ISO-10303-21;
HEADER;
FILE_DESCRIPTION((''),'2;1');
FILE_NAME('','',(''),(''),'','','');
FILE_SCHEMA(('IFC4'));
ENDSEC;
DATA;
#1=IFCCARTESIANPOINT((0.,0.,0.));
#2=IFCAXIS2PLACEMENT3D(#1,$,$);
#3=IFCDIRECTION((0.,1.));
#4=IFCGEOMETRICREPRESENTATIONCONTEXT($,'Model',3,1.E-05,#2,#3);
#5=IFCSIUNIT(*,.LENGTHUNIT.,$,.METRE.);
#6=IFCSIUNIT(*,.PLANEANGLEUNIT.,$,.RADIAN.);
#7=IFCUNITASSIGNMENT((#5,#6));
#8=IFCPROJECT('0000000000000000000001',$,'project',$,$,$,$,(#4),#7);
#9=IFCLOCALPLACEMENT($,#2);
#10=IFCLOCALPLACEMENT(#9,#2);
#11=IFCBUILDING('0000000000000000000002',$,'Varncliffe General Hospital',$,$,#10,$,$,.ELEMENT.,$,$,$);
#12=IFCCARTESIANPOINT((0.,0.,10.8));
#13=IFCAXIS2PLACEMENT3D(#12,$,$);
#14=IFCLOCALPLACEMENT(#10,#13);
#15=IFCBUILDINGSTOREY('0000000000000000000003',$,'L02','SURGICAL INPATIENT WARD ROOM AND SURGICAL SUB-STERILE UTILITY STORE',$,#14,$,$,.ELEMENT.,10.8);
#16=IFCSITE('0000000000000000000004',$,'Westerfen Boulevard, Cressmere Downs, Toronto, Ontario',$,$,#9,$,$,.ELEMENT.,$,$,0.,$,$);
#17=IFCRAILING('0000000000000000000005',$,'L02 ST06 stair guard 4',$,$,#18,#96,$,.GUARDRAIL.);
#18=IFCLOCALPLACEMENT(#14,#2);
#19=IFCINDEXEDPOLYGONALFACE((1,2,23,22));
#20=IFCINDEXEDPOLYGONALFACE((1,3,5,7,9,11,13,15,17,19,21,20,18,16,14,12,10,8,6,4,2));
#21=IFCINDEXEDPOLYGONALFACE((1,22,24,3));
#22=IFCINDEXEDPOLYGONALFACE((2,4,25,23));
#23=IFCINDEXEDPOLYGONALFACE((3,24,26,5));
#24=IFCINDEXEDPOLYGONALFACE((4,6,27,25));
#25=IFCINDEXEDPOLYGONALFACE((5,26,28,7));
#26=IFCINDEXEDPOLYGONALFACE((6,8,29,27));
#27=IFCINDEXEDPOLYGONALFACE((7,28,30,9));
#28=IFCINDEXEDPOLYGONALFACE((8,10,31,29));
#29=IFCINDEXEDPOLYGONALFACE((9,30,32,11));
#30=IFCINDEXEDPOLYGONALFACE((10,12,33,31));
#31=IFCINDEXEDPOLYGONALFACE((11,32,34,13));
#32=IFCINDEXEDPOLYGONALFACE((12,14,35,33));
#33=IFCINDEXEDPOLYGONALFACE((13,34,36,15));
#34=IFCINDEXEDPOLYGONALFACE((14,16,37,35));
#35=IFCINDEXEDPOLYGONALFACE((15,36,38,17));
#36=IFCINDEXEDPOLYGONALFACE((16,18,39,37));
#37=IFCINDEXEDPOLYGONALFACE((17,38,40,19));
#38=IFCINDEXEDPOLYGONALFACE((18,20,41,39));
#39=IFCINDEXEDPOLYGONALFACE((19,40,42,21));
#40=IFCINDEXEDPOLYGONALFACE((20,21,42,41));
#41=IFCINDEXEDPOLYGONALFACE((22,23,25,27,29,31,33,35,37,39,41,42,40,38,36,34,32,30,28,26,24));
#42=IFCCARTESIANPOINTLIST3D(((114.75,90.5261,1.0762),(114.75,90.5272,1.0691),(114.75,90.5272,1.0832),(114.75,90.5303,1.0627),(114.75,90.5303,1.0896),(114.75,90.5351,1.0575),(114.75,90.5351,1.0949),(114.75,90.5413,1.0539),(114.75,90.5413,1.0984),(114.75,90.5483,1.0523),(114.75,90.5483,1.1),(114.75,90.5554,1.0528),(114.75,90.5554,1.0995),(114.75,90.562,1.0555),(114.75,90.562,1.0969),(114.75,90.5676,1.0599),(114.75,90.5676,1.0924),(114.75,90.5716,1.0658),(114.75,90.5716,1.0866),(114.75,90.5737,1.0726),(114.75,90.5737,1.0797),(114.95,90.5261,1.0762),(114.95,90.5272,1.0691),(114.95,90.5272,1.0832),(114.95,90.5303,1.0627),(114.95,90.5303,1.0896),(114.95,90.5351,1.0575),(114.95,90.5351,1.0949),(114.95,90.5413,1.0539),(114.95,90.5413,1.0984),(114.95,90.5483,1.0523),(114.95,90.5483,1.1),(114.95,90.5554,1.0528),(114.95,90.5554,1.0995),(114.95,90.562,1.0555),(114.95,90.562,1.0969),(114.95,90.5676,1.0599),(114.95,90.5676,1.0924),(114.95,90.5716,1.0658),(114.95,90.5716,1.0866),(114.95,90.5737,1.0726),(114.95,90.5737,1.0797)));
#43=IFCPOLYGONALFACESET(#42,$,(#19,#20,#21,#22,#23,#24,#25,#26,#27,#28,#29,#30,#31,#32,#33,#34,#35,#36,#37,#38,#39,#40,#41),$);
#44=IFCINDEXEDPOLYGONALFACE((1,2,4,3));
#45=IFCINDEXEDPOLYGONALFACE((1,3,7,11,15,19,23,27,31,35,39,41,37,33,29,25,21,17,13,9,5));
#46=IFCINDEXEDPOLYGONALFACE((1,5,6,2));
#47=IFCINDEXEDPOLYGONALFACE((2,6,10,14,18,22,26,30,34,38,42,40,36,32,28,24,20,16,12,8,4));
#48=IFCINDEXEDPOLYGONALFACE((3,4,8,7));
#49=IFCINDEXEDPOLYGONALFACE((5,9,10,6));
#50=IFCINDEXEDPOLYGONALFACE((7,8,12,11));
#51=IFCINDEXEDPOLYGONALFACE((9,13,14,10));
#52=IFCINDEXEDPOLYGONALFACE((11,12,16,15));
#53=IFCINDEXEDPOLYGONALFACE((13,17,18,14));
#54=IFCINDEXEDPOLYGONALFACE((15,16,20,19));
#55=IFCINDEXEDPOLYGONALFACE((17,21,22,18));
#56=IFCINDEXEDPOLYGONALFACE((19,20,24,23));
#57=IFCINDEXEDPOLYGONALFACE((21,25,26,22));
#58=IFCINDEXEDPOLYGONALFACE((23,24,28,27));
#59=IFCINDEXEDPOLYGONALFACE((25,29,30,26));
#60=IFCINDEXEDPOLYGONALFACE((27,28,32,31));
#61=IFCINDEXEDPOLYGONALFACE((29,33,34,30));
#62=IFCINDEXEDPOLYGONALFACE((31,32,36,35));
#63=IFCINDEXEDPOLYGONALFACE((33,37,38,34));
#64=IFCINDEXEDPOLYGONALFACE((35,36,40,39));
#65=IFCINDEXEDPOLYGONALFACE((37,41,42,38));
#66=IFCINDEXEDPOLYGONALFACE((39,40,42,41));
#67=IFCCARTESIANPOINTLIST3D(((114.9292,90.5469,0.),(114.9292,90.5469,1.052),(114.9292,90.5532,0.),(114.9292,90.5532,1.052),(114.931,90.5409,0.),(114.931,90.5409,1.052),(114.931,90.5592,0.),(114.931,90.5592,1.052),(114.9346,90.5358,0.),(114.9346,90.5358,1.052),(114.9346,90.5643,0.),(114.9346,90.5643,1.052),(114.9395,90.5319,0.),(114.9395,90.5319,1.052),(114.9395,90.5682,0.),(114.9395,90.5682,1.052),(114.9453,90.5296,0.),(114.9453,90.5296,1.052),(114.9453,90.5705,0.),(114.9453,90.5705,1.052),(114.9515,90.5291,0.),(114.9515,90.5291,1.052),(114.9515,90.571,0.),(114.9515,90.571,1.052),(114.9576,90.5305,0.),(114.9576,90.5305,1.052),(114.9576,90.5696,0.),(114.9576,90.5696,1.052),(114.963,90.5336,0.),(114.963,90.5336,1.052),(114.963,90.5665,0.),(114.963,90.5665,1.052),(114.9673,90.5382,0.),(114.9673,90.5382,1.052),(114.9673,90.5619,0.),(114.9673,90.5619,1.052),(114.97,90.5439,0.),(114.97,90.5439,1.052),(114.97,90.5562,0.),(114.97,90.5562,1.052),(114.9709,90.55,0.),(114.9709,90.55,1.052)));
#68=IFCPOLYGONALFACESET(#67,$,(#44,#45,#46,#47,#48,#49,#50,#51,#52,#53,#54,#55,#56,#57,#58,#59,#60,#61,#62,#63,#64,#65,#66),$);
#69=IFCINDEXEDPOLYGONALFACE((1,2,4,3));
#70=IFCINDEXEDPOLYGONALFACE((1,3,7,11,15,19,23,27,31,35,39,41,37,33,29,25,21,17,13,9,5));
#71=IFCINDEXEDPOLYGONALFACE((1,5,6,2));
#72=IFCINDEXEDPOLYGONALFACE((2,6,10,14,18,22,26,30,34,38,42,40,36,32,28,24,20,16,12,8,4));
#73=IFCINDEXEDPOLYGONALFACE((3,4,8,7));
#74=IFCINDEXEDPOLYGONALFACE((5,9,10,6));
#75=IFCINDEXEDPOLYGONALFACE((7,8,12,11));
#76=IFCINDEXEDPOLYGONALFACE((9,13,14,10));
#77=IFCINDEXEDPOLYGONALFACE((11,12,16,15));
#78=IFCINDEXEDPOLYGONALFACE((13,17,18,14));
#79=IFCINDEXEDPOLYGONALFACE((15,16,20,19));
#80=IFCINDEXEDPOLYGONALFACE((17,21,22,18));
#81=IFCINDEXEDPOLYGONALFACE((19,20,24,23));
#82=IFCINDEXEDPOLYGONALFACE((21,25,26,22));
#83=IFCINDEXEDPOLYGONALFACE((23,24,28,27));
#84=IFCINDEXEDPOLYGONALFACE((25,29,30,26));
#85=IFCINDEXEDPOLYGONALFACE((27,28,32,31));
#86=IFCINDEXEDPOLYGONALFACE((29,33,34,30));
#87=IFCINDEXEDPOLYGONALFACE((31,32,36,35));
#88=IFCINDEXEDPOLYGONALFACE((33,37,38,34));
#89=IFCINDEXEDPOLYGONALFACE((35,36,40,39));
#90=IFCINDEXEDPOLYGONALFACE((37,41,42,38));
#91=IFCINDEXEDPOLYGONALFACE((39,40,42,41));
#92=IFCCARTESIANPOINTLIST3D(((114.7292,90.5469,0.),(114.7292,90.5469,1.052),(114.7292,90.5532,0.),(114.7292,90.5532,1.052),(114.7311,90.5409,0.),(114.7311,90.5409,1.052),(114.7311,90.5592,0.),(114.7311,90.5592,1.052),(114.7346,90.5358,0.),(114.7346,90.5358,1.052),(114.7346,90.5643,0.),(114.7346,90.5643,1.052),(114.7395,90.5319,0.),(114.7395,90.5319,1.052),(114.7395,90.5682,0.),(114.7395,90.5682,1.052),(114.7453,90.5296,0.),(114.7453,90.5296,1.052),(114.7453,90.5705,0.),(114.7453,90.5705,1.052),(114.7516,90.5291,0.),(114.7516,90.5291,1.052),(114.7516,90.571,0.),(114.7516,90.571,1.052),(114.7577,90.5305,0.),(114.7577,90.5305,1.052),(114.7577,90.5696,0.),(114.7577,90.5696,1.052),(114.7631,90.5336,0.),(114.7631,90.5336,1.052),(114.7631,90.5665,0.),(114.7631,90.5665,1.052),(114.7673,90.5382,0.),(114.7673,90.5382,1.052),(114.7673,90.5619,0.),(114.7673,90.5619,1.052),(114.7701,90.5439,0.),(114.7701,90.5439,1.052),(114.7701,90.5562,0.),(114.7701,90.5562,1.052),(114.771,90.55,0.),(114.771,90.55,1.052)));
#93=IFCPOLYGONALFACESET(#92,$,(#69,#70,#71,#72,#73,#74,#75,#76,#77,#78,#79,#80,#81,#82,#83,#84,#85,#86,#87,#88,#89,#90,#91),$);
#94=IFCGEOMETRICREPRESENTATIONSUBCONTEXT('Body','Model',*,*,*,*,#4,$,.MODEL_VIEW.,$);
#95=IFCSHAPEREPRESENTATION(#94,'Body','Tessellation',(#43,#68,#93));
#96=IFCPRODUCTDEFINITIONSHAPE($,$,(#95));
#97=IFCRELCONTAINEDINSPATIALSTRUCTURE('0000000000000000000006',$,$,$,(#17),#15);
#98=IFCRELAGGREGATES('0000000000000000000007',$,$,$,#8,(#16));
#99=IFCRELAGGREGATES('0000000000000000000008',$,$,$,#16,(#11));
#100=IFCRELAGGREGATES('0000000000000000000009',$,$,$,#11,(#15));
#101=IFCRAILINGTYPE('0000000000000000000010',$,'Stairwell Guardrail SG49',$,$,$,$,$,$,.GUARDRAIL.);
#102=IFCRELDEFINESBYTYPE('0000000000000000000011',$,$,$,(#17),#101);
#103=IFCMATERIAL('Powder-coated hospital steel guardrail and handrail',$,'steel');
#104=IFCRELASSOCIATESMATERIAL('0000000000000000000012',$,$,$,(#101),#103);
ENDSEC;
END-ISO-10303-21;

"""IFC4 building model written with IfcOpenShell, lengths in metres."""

from ifc_helpers import new_model, si_unit, direction, frame, origin, origin_2d, place, context, subcontext, project, spatial, circle, extrude, material, type_object, element, save


model = new_model("IFC4")

# Units and contexts
model_context = context("Model", 3, precision=1e-05, world=origin(), true_north=direction((0.0, 1.0)))
body_context = subcontext(model_context, "Body", "Model", "MODEL_VIEW")
ifc_project = project(units=[si_unit("LENGTHUNIT", "METRE"), si_unit("PLANEANGLEUNIT", "RADIAN")], contexts=[model_context])

# Site, building, storey
site_placement = place(None, origin())
site = spatial("IfcSite", under=ifc_project, at=site_placement, Name="Westerfen Boulevard, Cressmere Downs, Toronto, Ontario", CompositionType="ELEMENT", RefElevation=0.0)
building_placement = place(site_placement, origin())
building = spatial("IfcBuilding", under=site, at=building_placement, Name="Varncliffe General Hospital", CompositionType="ELEMENT")
storey_placement = place(building_placement, frame((0.0, 0.0, 10.8)))
storey = spatial("IfcBuildingStorey", under=building, at=storey_placement, Name="L02", Description="SURGICAL INPATIENT WARD ROOM AND SURGICAL SUB-STERILE UTILITY STORE", CompositionType="ELEMENT", Elevation=10.8)

# Railing
ifc_material_1 = material(Name="Powder-coated hospital steel guardrail and handrail", Category="steel")
railing_type_1 = type_object("IfcRailingType", Name="Stairwell Guardrail SG49", PredefinedType="GUARDRAIL", material=ifc_material_1)
railing_1_placement = place(storey_placement, frame((114.95, 90.55, 0.0)))
element("IfcRailing", 1, at=railing_1_placement, inside=storey, type_object=railing_type_1, Name="L02 ST06 stair guard 4", PredefinedType="GUARDRAIL", context=body_context, shape_type="SweptSolid", body=[
    extrude(circle(Radius=0.0239, at=origin_2d()), frame((0.0, 0.0, 1.0762), z_axis=(-1.0, 0.0, 0.0), x_axis=(0.0, -1.0, 0.0)), (0.0, 0.0, 1.0), 0.2),
    extrude(circle(Radius=0.021, at=origin_2d()), origin(), (0.0, 0.0, 1.0), 1.052),
    extrude(circle(Radius=0.021, at=origin_2d()), frame((-0.2, 0.0, 0.0)), (0.0, 0.0, 1.0), 1.052),
])

save(model, "model.ifc")
